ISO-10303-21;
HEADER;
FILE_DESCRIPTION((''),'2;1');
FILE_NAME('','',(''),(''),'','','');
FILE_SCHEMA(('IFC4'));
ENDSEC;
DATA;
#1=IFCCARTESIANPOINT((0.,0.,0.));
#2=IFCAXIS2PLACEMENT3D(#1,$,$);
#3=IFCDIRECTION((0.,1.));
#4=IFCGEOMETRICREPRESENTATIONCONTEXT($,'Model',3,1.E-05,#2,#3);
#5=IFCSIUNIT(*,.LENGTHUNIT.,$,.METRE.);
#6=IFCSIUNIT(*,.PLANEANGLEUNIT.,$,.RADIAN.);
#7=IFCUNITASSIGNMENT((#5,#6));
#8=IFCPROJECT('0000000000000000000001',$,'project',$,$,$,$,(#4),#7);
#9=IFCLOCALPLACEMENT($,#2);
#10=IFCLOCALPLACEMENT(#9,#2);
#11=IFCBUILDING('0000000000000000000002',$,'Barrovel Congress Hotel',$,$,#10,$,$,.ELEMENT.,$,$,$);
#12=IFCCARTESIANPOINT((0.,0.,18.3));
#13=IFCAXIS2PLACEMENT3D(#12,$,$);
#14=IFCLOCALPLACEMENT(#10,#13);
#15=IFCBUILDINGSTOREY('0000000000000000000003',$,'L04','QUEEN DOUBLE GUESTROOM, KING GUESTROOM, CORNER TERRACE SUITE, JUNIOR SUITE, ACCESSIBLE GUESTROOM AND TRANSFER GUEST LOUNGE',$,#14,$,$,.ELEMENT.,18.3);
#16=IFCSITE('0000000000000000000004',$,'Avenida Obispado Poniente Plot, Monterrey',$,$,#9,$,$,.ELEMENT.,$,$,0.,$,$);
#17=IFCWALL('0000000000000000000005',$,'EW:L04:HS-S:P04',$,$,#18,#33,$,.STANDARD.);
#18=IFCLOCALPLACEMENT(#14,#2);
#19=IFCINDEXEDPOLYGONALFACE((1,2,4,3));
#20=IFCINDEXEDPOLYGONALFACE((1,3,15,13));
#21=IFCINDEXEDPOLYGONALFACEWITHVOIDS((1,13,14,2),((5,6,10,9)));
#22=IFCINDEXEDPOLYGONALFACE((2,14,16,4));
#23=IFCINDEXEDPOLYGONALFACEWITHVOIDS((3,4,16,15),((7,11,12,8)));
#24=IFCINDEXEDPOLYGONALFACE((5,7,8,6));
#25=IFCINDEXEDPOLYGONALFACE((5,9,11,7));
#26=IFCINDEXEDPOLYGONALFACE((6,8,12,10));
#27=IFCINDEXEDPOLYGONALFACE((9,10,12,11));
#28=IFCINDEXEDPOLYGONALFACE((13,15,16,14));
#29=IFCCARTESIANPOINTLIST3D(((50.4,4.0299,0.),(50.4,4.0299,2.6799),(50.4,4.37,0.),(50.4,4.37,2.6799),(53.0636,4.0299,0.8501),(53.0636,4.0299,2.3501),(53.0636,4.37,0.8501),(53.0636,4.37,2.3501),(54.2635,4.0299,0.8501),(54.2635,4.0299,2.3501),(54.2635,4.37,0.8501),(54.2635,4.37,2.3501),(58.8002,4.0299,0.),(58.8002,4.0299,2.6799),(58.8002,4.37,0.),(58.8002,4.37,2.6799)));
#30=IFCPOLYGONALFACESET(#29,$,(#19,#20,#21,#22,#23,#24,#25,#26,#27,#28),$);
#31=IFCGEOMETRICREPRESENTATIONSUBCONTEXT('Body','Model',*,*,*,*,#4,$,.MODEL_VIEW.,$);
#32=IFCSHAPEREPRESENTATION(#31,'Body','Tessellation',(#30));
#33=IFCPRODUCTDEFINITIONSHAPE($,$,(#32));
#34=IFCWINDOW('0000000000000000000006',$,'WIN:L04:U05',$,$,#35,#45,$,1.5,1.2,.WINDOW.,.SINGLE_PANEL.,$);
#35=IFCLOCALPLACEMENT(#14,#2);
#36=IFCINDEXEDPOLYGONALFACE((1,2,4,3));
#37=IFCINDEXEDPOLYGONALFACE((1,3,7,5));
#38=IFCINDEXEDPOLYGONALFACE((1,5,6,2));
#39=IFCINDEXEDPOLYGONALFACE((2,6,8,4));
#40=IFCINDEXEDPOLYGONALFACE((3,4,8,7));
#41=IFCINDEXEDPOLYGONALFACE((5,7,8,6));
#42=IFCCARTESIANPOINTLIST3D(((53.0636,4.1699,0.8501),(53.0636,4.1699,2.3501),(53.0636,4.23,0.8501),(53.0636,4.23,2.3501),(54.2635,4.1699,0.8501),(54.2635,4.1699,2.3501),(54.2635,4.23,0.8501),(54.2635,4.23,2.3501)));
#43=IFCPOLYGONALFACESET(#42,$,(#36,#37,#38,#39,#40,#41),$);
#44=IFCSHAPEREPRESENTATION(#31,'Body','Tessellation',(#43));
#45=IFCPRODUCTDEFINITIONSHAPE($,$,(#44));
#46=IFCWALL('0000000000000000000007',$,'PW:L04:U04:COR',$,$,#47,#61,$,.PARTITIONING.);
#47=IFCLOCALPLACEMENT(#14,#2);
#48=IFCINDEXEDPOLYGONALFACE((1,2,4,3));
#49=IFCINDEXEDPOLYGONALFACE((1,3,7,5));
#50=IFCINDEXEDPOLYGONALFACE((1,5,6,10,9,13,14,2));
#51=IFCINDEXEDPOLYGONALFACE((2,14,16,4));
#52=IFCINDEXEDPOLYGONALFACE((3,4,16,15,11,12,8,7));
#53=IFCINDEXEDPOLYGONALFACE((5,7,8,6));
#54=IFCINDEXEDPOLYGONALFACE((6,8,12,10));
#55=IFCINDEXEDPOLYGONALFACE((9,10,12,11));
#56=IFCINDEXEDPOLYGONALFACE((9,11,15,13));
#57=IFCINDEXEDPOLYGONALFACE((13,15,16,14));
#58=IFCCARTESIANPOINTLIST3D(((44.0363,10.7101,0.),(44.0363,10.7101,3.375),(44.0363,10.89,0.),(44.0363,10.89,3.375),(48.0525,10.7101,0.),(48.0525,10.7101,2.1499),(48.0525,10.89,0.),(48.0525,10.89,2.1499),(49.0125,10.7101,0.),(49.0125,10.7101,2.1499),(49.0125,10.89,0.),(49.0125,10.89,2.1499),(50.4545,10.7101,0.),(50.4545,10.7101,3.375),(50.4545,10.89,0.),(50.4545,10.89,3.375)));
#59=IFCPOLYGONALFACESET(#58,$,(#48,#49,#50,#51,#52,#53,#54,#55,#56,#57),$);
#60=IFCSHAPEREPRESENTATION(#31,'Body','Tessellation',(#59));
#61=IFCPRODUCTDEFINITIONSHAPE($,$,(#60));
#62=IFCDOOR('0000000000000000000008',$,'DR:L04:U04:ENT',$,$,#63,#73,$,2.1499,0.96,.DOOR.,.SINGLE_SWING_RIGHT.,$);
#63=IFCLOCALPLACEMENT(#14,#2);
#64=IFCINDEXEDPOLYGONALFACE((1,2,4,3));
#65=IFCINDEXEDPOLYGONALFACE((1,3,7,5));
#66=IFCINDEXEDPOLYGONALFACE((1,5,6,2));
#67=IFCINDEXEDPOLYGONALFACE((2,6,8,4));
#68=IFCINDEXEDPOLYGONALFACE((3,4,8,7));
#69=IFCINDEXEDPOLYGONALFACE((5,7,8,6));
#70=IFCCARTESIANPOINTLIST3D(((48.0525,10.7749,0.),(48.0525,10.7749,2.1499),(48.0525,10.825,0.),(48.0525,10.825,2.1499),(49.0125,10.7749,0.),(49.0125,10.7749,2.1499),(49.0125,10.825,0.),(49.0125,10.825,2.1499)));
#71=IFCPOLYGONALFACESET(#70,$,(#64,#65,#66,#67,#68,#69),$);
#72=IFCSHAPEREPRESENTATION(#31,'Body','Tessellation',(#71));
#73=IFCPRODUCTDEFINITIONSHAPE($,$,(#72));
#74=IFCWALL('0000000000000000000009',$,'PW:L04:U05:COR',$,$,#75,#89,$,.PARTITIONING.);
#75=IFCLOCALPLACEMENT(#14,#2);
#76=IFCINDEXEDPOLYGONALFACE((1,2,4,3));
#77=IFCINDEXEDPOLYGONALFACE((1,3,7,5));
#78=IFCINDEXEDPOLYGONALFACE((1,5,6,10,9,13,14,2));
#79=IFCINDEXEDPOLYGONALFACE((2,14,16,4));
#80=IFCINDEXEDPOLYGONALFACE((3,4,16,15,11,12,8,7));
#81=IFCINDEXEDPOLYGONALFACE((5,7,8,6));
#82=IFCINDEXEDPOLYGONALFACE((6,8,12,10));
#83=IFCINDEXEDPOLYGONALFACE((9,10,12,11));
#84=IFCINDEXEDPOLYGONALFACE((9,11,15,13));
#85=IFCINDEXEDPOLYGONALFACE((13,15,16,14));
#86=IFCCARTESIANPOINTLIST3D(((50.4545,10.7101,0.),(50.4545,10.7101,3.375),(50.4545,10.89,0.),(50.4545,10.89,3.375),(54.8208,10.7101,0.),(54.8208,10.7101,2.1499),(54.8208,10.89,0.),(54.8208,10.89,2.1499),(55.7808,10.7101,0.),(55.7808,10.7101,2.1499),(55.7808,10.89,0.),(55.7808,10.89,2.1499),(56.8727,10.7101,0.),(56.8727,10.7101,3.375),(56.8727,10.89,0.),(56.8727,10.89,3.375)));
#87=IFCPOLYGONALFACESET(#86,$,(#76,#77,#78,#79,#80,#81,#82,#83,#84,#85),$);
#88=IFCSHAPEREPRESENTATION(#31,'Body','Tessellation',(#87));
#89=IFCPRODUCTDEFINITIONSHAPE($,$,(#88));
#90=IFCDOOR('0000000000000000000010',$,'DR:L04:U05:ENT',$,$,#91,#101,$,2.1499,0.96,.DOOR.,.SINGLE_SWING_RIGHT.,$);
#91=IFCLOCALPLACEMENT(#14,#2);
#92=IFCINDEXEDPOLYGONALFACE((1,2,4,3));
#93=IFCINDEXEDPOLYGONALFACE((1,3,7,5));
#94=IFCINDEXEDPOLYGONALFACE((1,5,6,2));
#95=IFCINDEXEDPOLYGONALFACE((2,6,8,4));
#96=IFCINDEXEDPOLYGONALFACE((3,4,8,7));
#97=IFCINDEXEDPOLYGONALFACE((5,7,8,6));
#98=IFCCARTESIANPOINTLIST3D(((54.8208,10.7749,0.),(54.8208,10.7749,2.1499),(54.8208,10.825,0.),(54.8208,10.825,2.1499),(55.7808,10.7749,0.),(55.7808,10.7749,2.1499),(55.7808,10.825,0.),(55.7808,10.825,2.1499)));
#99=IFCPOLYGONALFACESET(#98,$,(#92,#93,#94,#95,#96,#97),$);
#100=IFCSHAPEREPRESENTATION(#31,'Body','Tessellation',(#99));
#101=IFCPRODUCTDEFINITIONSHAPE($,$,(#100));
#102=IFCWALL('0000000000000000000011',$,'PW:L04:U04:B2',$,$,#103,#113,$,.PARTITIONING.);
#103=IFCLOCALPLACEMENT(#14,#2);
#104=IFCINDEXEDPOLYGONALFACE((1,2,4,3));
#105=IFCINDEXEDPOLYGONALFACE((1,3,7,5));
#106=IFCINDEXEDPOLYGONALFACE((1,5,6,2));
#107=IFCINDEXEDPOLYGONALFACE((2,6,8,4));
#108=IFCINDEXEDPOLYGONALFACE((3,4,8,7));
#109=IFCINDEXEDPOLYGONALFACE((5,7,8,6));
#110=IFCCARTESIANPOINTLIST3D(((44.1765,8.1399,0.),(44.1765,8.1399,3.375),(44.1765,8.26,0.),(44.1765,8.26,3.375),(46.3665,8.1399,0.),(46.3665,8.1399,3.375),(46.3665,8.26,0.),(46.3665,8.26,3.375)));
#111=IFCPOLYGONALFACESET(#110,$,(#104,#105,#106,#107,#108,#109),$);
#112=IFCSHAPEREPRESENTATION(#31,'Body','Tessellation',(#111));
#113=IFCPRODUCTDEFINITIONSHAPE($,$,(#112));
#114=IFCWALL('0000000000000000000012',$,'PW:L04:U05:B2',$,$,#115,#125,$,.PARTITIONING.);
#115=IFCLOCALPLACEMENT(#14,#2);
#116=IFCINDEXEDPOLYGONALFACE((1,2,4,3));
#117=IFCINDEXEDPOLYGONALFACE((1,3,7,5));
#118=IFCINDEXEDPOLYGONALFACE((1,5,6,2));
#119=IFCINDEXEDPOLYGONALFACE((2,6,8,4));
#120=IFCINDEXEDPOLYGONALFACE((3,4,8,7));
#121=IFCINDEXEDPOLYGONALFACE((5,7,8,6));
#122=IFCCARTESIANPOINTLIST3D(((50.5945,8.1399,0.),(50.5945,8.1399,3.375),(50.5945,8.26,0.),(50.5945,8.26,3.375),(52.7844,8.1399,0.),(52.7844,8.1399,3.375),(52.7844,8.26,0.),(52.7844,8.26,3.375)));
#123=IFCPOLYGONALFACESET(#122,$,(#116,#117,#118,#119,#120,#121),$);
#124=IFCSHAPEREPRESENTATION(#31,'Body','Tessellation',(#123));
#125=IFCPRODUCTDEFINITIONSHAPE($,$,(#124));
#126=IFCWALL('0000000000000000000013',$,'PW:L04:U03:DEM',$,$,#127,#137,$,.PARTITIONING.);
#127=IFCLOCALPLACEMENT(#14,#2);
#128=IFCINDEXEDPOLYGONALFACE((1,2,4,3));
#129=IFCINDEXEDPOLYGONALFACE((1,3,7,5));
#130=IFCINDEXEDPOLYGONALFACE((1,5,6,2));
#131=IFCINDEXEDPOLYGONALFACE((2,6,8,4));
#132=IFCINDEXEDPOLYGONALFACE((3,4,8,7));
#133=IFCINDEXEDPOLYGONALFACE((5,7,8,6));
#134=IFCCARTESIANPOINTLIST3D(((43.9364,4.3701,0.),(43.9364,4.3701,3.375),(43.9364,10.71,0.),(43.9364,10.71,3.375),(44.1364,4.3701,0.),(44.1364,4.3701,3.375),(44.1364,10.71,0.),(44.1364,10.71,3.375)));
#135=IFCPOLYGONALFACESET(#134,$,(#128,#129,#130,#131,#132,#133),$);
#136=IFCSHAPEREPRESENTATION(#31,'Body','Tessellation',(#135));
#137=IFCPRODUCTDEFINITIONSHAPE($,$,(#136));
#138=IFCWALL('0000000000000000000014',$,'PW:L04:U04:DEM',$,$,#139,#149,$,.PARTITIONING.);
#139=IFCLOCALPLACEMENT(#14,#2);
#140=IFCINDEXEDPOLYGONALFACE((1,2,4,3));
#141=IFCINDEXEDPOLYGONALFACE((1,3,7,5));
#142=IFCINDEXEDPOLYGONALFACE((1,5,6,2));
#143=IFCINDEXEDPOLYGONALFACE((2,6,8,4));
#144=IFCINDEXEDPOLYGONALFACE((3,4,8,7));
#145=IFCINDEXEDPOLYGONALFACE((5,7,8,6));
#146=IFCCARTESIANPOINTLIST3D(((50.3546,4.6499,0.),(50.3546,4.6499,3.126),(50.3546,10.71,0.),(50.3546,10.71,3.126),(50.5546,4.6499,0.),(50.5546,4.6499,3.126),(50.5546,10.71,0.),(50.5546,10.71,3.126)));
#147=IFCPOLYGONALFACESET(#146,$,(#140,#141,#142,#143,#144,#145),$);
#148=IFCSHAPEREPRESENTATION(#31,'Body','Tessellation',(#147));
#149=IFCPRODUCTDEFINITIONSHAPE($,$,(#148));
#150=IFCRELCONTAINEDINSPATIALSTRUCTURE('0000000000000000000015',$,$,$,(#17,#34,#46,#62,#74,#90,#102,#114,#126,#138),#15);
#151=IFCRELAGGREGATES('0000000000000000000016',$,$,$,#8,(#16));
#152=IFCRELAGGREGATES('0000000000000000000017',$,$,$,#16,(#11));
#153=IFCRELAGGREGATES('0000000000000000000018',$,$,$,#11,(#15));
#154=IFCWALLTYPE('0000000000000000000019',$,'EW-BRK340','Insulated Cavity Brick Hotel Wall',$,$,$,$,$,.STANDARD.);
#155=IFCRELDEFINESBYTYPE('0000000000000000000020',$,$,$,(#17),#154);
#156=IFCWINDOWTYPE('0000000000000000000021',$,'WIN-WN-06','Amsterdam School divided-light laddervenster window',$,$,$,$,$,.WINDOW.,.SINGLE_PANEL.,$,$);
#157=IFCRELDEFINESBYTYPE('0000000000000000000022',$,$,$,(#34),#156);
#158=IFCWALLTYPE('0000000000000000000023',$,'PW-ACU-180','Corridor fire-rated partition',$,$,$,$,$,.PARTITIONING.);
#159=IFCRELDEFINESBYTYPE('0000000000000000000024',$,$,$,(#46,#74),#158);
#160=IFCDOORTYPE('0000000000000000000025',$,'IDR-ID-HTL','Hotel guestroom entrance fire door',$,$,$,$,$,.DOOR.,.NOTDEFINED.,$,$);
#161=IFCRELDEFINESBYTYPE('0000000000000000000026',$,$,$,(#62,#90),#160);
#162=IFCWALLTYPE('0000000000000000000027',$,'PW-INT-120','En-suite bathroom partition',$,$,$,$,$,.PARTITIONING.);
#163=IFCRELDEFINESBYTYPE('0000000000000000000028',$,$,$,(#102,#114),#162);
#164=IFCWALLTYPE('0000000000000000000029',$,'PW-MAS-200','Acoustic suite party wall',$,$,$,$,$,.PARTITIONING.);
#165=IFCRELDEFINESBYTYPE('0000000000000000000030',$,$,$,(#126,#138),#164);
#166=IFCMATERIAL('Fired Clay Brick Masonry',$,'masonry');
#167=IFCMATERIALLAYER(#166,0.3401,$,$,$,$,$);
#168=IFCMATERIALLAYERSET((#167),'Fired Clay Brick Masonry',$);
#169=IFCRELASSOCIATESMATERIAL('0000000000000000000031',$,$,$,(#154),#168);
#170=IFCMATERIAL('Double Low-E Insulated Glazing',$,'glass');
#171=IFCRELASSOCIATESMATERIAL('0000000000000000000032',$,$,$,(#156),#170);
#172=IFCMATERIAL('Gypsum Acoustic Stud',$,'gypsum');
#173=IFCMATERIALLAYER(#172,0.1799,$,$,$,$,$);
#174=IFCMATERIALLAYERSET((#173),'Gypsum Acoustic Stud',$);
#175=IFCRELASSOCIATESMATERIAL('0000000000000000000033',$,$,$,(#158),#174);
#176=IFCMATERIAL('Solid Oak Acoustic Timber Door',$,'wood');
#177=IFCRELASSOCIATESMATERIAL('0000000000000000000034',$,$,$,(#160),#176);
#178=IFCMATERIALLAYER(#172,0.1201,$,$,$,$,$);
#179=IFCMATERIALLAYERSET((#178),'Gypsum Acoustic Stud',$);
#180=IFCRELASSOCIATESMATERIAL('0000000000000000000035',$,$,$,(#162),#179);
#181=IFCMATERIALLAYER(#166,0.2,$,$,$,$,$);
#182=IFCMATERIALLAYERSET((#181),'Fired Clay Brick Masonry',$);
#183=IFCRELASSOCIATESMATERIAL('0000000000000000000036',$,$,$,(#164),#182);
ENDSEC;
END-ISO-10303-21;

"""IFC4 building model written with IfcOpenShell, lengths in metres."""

from ifc_helpers import new_model, si_unit, direction, frame, frame_2d, origin, place, context, subcontext, project, spatial, rectangle, extrude, material, layer, layer_set, type_object, element, fill, save


model = new_model("IFC4")

# Units and contexts
model_context = context("Model", 3, precision=1e-05, world=origin(), true_north=direction((0.0, 1.0)))
body_context = subcontext(model_context, "Body", "Model", "MODEL_VIEW")
ifc_project = project(units=[si_unit("LENGTHUNIT", "METRE"), si_unit("PLANEANGLEUNIT", "RADIAN")], contexts=[model_context])

# Site, building, storey
site_placement = place(None, origin())
site = spatial("IfcSite", under=ifc_project, at=site_placement, Name="Avenida Obispado Poniente Plot, Monterrey", CompositionType="ELEMENT", RefElevation=0.0)
building_placement = place(site_placement, origin())
building = spatial("IfcBuilding", under=site, at=building_placement, Name="Barrovel Congress Hotel", CompositionType="ELEMENT")
storey_placement = place(building_placement, frame((0.0, 0.0, 18.3)))
storey = spatial("IfcBuildingStorey", under=building, at=storey_placement, Name="L04", Description="QUEEN DOUBLE GUESTROOM, KING GUESTROOM, CORNER TERRACE SUITE, JUNIOR SUITE, ACCESSIBLE GUESTROOM AND TRANSFER GUEST LOUNGE", CompositionType="ELEMENT", Elevation=18.3)

# Wall, opening, window
ifc_material_1 = material(Name="Fired Clay Brick Masonry", Category="masonry")
ifc_layer_1 = layer(ifc_material_1, 0.3401)
ifc_layer_set_1 = layer_set([ifc_layer_1], Name="Fired Clay Brick Masonry")
wall_type_1 = type_object("IfcWallType", Name="EW-BRK340", Description="Insulated Cavity Brick Hotel Wall", PredefinedType="STANDARD", material=ifc_layer_set_1)
wall_1_placement = place(storey_placement, frame((50.3999, 4.2, 0.0), z_axis=(0.0, 0.0, 1.0), x_axis=(1.0, 0.0, 0.0)))
wall_1 = element("IfcWall", 1, at=wall_1_placement, inside=storey, type_object=wall_type_1, Name="EW:L04:HS-S:P04", PredefinedType="STANDARD", context=body_context, shape_type="SweptSolid", body=[
    extrude(rectangle(XDim=8.4001, YDim=0.3401, at=frame_2d((4.2002, 0.0))), origin(), (0.0, 0.0, 1.0), 2.6799),
])
opening_1_placement = place(wall_1_placement, frame((2.6636, 0.0, 0.8501)))
opening_1 = element("IfcOpeningElement", 2, at=opening_1_placement, cuts=wall_1, PredefinedType="OPENING", context=body_context, shape_type="SweptSolid", body=[
    extrude(rectangle(XDim=1.2, YDim=1.5, at=frame_2d((0.6001, 0.75))), frame((0.0, 0.1802, 0.0), z_axis=(0.0, -1.0, 0.0), x_axis=(1.0, 0.0, 0.0)), (0.0, 0.0, 1.0), 0.3601),
])
ifc_material_2 = material(Name="Double Low-E Insulated Glazing", Category="glass")
window_type = type_object("IfcWindowType", Name="WIN-WN-06", Description="Amsterdam School divided-light laddervenster window", PartitioningType="SINGLE_PANEL", PredefinedType="WINDOW", material=ifc_material_2)
window_placement = place(opening_1_placement, origin())
window = element("IfcWindow", 3, at=window_placement, inside=storey, type_object=window_type, Name="WIN:L04:U05", OverallHeight=1.5, OverallWidth=1.2, PartitioningType="SINGLE_PANEL", PredefinedType="WINDOW", context=body_context, shape_type="SweptSolid", body=[
    extrude(rectangle(XDim=1.2, YDim=1.5, at=frame_2d((0.6001, 0.75))), frame((0.0, 0.03, 0.0), z_axis=(0.0, -1.0, 0.0), x_axis=(1.0, 0.0, 0.0)), (0.0, 0.0, 1.0), 0.0601),
])
fill(opening_1, window)

# Walls, openings, doors
ifc_material_3 = material(Name="Gypsum Acoustic Stud", Category="gypsum")
ifc_layer_2 = layer(ifc_material_3, 0.1799)
ifc_layer_set_2 = layer_set([ifc_layer_2], Name="Gypsum Acoustic Stud")
wall_type_2 = type_object("IfcWallType", Name="PW-ACU-180", Description="Corridor fire-rated partition", PredefinedType="PARTITIONING", material=ifc_layer_set_2)
wall_2_placement = place(storey_placement, frame((44.0364, 10.8, 0.0), z_axis=(0.0, 0.0, 1.0), x_axis=(1.0, 0.0, 0.0)))
wall_2 = element("IfcWall", 4, at=wall_2_placement, inside=storey, type_object=wall_type_2, Name="PW:L04:U04:COR", PredefinedType="PARTITIONING", context=body_context, shape_type="SweptSolid", body=[
    extrude(rectangle(XDim=6.4182, YDim=0.1799, at=frame_2d((3.209, 0.0))), origin(), (0.0, 0.0, 1.0), 3.375),
])
opening_2_placement = place(wall_2_placement, frame((4.0161, 0.0, 0.0)))
opening_2 = element("IfcOpeningElement", 5, at=opening_2_placement, cuts=wall_2, PredefinedType="OPENING", context=body_context, shape_type="SweptSolid", body=[
    extrude(rectangle(XDim=0.96, YDim=2.1499, at=frame_2d((0.48, 1.075))), frame((0.0, 0.1001, 0.0), z_axis=(0.0, -1.0, 0.0), x_axis=(1.0, 0.0, 0.0)), (0.0, 0.0, 1.0), 0.2),
])
ifc_material_4 = material(Name="Solid Oak Acoustic Timber Door", Category="wood")
door_type_1 = type_object("IfcDoorType", Name="IDR-ID-HTL", Description="Hotel guestroom entrance fire door", OperationType="NOTDEFINED", PredefinedType="DOOR", material=ifc_material_4)
door_1_placement = place(opening_2_placement, origin())
door_1 = element("IfcDoor", 6, at=door_1_placement, inside=storey, type_object=door_type_1, Name="DR:L04:U04:ENT", OperationType="SINGLE_SWING_RIGHT", OverallHeight=2.1499, OverallWidth=0.96, PredefinedType="DOOR", context=body_context, shape_type="SweptSolid", body=[
    extrude(rectangle(XDim=0.96, YDim=2.1499, at=frame_2d((0.48, 1.075))), frame((0.0, 0.0249, 0.0), z_axis=(0.0, -1.0, 0.0), x_axis=(1.0, 0.0, 0.0)), (0.0, 0.0, 1.0), 0.05),
])
fill(opening_2, door_1)
wall_3_placement = place(storey_placement, frame((50.4546, 10.8, 0.0), z_axis=(0.0, 0.0, 1.0), x_axis=(1.0, 0.0, 0.0)))
wall_3 = element("IfcWall", 7, at=wall_3_placement, inside=storey, type_object=wall_type_2, Name="PW:L04:U05:COR", PredefinedType="PARTITIONING", context=body_context, shape_type="SweptSolid", body=[
    extrude(rectangle(XDim=6.4182, YDim=0.1799, at=frame_2d((3.209, 0.0))), origin(), (0.0, 0.0, 1.0), 3.375),
])
opening_3_placement = place(wall_3_placement, frame((4.3662, 0.0, 0.0)))
opening_3 = element("IfcOpeningElement", 8, at=opening_3_placement, cuts=wall_3, PredefinedType="OPENING", context=body_context, shape_type="SweptSolid", body=[
    extrude(rectangle(XDim=0.96, YDim=2.1499, at=frame_2d((0.48, 1.075))), frame((0.0, 0.1001, 0.0), z_axis=(0.0, -1.0, 0.0), x_axis=(1.0, 0.0, 0.0)), (0.0, 0.0, 1.0), 0.2),
])
door_2_placement = place(opening_3_placement, origin())
door_2 = element("IfcDoor", 9, at=door_2_placement, inside=storey, type_object=door_type_1, Name="DR:L04:U05:ENT", OperationType="SINGLE_SWING_RIGHT", OverallHeight=2.1499, OverallWidth=0.96, PredefinedType="DOOR", context=body_context, shape_type="SweptSolid", body=[
    extrude(rectangle(XDim=0.96, YDim=2.1499, at=frame_2d((0.48, 1.075))), frame((0.0, 0.0249, 0.0), z_axis=(0.0, -1.0, 0.0), x_axis=(1.0, 0.0, 0.0)), (0.0, 0.0, 1.0), 0.05),
])
fill(opening_3, door_2)

# Walls
ifc_layer_3 = layer(ifc_material_3, 0.1201)
ifc_layer_set_3 = layer_set([ifc_layer_3], Name="Gypsum Acoustic Stud")
wall_type_3 = type_object("IfcWallType", Name="PW-INT-120", Description="En-suite bathroom partition", PredefinedType="PARTITIONING", material=ifc_layer_set_3)
for number, where, z_axis, x_axis, name in (
    (10, (44.1765, 8.2, 0.0), (0.0, 0.0, 1.0), (1.0, 0.0, 0.0), "PW:L04:U04:B2"),
    (11, (50.5945, 8.2, 0.0), (0.0, 0.0, 1.0), (1.0, 0.0, 0.0), "PW:L04:U05:B2"),
):
    element("IfcWall", number, at=place(storey_placement, frame(where, z_axis=z_axis, x_axis=x_axis)), inside=storey, type_object=wall_type_3, Name=name, PredefinedType="PARTITIONING", context=body_context, shape_type="SweptSolid", body=[
        extrude(rectangle(XDim=2.1899, YDim=0.1201, at=frame_2d((1.095, 0.0))), origin(), (0.0, 0.0, 1.0), 3.375),
    ])
ifc_layer_4 = layer(ifc_material_1, 0.2)
ifc_layer_set_4 = layer_set([ifc_layer_4], Name="Fired Clay Brick Masonry")
wall_type_4 = type_object("IfcWallType", Name="PW-MAS-200", Description="Acoustic suite party wall", PredefinedType="PARTITIONING", material=ifc_layer_set_4)
wall_4_placement = place(storey_placement, frame((44.0364, 4.3701, 0.0), z_axis=(0.0, 0.0, 1.0), x_axis=(0.0, 1.0, 0.0)))
element("IfcWall", 12, at=wall_4_placement, inside=storey, type_object=wall_type_4, Name="PW:L04:U03:DEM", PredefinedType="PARTITIONING", context=body_context, shape_type="SweptSolid", body=[
    extrude(rectangle(XDim=6.3398, YDim=0.2, at=frame_2d((3.1699, 0.0))), origin(), (0.0, 0.0, 1.0), 3.375),
])
wall_5_placement = place(storey_placement, frame((50.4546, 4.6499, 0.0), z_axis=(0.0, 0.0, 1.0), x_axis=(0.0, 1.0, 0.0)))
element("IfcWall", 13, at=wall_5_placement, inside=storey, type_object=wall_type_4, Name="PW:L04:U04:DEM", PredefinedType="PARTITIONING", context=body_context, shape_type="SweptSolid", body=[
    extrude(rectangle(XDim=6.0601, YDim=0.2, at=frame_2d((3.03, 0.0))), origin(), (0.0, 0.0, 1.0), 3.126),
])

save(model, "model.ifc")
